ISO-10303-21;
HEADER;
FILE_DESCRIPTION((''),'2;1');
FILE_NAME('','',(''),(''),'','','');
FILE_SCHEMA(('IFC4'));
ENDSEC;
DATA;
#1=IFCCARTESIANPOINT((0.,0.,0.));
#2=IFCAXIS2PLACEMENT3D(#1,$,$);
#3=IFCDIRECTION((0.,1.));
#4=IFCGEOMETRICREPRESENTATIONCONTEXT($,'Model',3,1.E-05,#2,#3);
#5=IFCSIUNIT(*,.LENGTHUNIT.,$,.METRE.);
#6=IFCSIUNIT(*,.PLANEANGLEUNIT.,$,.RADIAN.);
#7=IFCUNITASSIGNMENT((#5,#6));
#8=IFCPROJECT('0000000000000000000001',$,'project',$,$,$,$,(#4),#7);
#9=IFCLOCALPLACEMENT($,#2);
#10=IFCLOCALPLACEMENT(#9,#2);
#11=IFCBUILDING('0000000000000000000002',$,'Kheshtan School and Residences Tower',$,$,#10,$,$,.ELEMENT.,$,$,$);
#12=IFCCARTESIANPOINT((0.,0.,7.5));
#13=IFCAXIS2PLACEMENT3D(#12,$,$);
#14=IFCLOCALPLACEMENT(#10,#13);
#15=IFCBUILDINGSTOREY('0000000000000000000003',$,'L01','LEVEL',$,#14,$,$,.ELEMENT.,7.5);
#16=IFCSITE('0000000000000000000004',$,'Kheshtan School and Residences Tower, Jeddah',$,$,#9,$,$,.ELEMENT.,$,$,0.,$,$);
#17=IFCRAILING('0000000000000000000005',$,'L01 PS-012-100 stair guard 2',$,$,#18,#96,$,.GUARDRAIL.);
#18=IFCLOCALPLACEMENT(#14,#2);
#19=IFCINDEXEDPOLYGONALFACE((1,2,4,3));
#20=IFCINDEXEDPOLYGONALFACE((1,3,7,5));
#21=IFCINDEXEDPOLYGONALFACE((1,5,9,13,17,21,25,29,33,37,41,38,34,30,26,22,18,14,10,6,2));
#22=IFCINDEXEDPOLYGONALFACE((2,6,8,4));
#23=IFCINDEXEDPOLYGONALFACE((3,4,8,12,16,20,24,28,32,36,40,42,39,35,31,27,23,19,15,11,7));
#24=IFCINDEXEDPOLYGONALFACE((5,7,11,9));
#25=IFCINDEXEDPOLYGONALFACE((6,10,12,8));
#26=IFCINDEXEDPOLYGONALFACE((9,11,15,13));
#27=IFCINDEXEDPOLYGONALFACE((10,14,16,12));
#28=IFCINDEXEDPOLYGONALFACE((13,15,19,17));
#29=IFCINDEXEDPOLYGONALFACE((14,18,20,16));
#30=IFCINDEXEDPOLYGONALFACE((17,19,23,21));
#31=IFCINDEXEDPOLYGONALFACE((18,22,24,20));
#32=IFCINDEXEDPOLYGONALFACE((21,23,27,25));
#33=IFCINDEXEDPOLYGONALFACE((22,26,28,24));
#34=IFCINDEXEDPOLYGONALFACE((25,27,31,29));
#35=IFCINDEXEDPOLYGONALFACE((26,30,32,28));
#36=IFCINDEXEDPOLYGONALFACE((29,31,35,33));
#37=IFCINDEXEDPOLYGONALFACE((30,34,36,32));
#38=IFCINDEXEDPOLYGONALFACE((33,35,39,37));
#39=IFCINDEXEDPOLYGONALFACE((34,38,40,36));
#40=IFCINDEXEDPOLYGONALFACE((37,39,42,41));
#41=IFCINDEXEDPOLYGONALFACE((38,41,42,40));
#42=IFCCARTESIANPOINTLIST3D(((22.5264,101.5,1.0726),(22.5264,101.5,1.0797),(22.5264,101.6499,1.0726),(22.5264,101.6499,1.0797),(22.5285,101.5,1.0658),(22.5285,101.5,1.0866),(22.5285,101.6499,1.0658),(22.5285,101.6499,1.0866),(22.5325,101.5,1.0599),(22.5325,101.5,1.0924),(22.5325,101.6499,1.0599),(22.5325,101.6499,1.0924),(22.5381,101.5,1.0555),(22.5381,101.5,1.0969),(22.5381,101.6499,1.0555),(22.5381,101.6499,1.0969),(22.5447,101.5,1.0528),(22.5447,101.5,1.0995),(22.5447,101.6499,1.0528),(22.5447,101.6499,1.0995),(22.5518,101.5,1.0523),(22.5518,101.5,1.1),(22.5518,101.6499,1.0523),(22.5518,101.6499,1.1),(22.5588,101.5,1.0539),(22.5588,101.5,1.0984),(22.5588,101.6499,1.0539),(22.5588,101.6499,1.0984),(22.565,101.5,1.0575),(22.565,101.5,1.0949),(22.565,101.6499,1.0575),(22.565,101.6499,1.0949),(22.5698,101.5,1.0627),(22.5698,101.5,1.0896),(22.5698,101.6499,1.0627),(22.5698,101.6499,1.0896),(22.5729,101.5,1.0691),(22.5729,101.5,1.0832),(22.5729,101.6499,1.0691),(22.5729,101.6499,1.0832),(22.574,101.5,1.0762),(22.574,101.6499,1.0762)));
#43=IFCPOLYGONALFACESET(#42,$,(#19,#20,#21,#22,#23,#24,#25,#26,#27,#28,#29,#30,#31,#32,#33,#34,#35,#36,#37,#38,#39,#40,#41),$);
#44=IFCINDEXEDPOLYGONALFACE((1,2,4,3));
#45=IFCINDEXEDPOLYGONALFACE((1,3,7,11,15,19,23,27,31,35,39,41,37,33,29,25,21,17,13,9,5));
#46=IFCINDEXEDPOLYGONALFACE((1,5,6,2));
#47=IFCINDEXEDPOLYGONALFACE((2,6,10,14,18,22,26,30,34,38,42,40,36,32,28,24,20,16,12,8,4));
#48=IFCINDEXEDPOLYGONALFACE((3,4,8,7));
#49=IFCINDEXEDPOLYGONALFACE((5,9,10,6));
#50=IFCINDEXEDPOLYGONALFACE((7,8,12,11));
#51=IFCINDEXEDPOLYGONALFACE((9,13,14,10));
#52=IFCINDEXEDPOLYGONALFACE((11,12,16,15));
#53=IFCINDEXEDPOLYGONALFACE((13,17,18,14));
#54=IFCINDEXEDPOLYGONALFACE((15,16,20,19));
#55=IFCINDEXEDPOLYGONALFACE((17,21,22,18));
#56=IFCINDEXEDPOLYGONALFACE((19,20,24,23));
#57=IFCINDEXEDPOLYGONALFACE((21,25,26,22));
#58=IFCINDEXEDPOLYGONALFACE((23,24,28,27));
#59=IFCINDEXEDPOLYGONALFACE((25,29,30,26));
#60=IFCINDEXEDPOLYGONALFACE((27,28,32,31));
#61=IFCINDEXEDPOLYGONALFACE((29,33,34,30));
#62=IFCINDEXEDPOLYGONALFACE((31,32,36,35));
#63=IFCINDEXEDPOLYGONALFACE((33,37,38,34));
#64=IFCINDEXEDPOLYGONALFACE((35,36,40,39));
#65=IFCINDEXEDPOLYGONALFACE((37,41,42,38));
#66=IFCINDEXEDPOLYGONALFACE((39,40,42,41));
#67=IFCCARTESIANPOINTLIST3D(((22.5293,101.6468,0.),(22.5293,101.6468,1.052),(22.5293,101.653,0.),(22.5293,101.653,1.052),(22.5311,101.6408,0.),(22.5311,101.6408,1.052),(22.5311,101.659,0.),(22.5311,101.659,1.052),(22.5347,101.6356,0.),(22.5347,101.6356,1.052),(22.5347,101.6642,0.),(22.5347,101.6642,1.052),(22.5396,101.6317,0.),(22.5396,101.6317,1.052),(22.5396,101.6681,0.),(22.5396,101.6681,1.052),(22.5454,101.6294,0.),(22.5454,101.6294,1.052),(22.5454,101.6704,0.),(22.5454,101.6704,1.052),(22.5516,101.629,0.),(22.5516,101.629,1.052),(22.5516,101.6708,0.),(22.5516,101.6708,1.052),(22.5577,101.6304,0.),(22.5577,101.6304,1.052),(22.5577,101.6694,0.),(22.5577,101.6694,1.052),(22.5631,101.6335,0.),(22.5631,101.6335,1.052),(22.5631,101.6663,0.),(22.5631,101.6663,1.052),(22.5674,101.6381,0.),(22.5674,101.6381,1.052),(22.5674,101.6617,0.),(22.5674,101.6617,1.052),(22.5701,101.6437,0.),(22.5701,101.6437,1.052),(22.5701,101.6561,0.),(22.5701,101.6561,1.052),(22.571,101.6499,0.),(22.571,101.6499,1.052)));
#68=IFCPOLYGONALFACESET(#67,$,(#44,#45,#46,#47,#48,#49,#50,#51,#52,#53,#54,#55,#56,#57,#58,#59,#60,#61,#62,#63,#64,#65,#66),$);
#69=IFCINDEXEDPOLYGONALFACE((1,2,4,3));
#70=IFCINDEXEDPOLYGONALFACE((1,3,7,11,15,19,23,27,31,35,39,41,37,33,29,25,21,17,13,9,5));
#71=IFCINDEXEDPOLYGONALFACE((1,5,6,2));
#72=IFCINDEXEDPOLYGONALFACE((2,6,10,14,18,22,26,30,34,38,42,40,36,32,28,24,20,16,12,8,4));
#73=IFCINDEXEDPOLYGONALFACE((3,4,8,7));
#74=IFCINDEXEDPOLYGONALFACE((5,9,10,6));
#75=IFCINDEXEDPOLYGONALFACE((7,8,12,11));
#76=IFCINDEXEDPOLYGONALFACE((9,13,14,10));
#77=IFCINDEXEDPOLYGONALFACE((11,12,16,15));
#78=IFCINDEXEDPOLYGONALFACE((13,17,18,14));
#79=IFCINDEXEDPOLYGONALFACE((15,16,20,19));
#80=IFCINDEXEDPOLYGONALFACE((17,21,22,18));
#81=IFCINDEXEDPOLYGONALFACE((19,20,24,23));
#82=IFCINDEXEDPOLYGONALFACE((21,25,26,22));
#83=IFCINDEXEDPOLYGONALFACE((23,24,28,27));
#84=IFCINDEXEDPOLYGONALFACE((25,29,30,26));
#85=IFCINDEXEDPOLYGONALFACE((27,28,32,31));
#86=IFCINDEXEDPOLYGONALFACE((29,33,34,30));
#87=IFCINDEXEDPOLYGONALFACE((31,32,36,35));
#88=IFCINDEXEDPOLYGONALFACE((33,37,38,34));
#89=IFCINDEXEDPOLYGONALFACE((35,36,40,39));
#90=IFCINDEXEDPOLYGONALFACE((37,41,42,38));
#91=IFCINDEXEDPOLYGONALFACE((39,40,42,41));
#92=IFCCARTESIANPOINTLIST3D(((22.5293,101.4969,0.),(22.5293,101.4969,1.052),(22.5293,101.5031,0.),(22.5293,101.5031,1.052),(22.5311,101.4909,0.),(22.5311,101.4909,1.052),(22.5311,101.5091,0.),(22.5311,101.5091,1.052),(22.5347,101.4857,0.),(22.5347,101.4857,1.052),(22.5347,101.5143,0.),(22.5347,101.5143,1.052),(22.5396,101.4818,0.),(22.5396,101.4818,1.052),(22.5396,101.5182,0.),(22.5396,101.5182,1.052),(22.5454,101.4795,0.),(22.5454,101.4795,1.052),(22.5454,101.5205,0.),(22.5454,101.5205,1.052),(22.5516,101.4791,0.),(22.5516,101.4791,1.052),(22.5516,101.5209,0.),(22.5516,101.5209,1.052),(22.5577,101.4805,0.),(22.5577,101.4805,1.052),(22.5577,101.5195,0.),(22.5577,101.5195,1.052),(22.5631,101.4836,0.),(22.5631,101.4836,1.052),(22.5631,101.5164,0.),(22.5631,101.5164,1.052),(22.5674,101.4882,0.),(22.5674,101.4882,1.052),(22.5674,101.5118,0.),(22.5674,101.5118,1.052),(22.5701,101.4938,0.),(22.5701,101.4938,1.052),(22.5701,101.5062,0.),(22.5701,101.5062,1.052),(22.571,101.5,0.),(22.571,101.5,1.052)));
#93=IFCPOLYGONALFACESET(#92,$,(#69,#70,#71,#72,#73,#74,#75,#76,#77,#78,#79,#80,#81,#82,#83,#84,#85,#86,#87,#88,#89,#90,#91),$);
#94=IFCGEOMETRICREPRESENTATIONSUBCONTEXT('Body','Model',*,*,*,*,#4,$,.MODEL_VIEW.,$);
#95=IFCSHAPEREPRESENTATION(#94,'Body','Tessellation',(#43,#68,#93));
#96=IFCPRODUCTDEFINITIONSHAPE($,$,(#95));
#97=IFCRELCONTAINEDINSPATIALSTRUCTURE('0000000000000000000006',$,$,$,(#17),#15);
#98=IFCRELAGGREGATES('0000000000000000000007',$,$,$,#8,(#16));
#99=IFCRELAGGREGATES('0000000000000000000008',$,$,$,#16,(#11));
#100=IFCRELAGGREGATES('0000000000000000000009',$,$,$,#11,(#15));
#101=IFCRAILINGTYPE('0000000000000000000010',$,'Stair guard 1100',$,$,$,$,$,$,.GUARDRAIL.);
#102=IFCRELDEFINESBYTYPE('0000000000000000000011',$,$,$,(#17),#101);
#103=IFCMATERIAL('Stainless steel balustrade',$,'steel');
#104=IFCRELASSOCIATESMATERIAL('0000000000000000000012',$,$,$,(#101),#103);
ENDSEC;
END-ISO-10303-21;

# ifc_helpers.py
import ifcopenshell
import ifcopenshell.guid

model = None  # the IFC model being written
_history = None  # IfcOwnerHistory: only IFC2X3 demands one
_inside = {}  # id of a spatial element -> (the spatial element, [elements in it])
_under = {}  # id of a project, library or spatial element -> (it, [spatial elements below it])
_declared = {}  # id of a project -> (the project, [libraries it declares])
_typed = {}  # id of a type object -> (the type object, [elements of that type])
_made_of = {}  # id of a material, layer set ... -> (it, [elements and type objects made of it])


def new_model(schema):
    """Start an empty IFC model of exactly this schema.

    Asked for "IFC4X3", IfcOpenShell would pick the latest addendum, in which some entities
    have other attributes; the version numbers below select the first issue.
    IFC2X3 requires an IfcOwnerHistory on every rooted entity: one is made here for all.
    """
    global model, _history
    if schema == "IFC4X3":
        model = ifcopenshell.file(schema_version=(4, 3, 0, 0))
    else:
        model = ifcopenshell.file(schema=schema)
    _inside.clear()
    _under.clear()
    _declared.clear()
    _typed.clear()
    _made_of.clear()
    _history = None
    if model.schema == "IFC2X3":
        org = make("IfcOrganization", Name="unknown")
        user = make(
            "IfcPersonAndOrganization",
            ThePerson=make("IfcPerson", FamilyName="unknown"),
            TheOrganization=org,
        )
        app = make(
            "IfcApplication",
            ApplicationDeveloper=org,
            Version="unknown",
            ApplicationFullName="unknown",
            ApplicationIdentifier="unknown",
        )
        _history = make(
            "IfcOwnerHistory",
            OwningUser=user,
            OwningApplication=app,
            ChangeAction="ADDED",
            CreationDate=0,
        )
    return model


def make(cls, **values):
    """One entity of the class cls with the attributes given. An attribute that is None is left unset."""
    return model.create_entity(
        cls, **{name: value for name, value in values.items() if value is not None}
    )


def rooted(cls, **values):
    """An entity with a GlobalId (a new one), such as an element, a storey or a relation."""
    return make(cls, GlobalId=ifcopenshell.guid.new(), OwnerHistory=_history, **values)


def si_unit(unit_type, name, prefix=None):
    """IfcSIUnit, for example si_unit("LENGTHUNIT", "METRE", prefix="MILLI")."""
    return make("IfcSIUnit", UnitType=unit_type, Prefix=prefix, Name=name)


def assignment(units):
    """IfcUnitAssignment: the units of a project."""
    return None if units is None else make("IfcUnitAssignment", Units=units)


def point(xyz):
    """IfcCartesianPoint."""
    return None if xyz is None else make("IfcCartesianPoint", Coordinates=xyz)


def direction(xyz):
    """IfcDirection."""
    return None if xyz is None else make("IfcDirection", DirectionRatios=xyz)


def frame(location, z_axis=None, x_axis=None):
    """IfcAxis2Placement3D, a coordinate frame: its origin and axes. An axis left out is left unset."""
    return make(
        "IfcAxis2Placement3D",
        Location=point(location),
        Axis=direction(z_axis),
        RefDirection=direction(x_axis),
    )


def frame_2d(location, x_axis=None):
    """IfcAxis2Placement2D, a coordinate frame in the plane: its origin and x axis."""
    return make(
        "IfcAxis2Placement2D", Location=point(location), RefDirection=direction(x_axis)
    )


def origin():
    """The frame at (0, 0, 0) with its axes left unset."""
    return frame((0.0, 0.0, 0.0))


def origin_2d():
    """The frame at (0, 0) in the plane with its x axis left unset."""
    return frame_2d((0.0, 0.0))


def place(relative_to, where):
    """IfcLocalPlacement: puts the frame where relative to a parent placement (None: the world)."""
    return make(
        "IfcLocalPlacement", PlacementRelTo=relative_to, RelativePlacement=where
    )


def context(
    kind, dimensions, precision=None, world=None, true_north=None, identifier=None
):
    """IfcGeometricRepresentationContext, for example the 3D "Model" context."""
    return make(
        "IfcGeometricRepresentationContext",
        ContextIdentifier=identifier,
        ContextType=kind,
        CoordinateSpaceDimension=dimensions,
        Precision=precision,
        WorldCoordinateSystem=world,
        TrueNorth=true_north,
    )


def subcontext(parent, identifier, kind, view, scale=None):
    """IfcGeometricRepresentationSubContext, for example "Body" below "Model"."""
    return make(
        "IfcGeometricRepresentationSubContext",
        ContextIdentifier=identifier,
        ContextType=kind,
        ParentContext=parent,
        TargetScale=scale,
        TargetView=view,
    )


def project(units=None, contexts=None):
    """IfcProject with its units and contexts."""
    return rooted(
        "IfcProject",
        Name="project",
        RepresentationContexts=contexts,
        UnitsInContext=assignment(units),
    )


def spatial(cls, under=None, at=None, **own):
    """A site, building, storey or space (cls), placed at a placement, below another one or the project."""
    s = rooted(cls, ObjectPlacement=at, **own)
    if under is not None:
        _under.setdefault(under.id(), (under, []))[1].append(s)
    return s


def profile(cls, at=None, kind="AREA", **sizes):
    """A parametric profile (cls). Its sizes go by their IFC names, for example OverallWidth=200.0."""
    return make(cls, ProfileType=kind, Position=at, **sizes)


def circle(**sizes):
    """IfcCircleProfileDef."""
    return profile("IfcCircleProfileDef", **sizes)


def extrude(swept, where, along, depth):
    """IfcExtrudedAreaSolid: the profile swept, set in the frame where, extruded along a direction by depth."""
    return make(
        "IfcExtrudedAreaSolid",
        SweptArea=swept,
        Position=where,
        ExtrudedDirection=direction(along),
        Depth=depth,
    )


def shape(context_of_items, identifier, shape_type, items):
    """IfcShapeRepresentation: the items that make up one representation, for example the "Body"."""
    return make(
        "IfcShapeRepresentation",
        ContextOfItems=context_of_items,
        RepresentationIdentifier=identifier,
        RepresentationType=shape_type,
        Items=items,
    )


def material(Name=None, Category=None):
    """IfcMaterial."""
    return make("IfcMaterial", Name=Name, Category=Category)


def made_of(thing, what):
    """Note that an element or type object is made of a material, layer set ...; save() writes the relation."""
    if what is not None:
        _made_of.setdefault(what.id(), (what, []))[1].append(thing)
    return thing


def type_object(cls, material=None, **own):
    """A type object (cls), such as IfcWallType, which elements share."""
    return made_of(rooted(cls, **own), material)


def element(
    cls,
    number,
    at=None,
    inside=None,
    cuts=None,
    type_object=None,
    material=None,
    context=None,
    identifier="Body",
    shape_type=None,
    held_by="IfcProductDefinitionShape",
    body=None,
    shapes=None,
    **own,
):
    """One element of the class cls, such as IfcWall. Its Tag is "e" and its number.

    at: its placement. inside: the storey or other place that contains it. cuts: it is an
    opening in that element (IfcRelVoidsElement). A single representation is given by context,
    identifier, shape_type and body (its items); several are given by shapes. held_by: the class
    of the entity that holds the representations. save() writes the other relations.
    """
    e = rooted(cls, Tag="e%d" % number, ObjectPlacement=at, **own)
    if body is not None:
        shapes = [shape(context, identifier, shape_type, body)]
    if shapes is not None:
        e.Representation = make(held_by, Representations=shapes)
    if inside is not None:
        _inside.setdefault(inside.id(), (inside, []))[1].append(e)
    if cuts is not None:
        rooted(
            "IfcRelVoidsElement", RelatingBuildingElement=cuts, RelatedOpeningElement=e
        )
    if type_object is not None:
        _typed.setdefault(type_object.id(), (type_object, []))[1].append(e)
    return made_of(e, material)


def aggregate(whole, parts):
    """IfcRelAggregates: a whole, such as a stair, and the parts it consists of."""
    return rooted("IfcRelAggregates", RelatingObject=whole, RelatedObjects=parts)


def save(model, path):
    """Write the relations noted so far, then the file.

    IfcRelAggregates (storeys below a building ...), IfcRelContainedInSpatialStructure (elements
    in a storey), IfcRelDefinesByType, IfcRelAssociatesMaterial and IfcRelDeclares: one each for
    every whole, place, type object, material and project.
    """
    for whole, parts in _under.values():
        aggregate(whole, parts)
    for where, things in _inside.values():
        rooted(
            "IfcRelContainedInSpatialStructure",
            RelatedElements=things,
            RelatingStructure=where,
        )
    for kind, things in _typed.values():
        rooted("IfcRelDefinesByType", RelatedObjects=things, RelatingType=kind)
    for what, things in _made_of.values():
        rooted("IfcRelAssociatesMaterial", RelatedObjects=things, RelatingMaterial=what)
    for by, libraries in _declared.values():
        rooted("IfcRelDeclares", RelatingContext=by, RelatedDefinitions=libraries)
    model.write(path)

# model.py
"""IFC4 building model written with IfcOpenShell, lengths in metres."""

from ifc_helpers import new_model, si_unit, direction, frame, origin, origin_2d, place, context, subcontext, project, spatial, circle, extrude, material, type_object, element, save


model = new_model("IFC4")

# Units and contexts
model_context = context("Model", 3, precision=1e-05, world=origin(), true_north=direction((0.0, 1.0)))
body_context = subcontext(model_context, "Body", "Model", "MODEL_VIEW")
ifc_project = project(units=[si_unit("LENGTHUNIT", "METRE"), si_unit("PLANEANGLEUNIT", "RADIAN")], contexts=[model_context])

# Site, building, storey
site_placement = place(None, origin())
site = spatial("IfcSite", under=ifc_project, at=site_placement, Name="Kheshtan School and Residences Tower, Jeddah", CompositionType="ELEMENT", RefElevation=0.0)
building_placement = place(site_placement, origin())
building = spatial("IfcBuilding", under=site, at=building_placement, Name="Kheshtan School and Residences Tower", CompositionType="ELEMENT")
storey_placement = place(building_placement, frame((0.0, 0.0, 7.5)))
storey = spatial("IfcBuildingStorey", under=building, at=storey_placement, Name="L01", Description="LEVEL", CompositionType="ELEMENT", Elevation=7.5)

# Railing
ifc_material_1 = material(Name="Stainless steel balustrade", Category="steel")
railing_type_1 = type_object("IfcRailingType", Name="Stair guard 1100", PredefinedType="GUARDRAIL", material=ifc_material_1)
railing_1_placement = place(storey_placement, frame((22.55, 101.6499, 0.0)))
element("IfcRailing", 1, at=railing_1_placement, inside=storey, type_object=railing_type_1, Name="L01 PS-012-100 stair guard 2", PredefinedType="GUARDRAIL", context=body_context, shape_type="SweptSolid", body=[
    extrude(circle(Radius=0.0239, at=origin_2d()), frame((0.0, 0.0, 1.0762), z_axis=(0.0, -1.0, 0.0), x_axis=(1.0, 0.0, 0.0)), (0.0, 0.0, 1.0), 0.1499),
    extrude(circle(Radius=0.021, at=origin_2d()), origin(), (0.0, 0.0, 1.0), 1.052),
    extrude(circle(Radius=0.021, at=origin_2d()), frame((0.0, -0.1499, 0.0)), (0.0, 0.0, 1.0), 1.052),
])

save(model, "model.ifc")
